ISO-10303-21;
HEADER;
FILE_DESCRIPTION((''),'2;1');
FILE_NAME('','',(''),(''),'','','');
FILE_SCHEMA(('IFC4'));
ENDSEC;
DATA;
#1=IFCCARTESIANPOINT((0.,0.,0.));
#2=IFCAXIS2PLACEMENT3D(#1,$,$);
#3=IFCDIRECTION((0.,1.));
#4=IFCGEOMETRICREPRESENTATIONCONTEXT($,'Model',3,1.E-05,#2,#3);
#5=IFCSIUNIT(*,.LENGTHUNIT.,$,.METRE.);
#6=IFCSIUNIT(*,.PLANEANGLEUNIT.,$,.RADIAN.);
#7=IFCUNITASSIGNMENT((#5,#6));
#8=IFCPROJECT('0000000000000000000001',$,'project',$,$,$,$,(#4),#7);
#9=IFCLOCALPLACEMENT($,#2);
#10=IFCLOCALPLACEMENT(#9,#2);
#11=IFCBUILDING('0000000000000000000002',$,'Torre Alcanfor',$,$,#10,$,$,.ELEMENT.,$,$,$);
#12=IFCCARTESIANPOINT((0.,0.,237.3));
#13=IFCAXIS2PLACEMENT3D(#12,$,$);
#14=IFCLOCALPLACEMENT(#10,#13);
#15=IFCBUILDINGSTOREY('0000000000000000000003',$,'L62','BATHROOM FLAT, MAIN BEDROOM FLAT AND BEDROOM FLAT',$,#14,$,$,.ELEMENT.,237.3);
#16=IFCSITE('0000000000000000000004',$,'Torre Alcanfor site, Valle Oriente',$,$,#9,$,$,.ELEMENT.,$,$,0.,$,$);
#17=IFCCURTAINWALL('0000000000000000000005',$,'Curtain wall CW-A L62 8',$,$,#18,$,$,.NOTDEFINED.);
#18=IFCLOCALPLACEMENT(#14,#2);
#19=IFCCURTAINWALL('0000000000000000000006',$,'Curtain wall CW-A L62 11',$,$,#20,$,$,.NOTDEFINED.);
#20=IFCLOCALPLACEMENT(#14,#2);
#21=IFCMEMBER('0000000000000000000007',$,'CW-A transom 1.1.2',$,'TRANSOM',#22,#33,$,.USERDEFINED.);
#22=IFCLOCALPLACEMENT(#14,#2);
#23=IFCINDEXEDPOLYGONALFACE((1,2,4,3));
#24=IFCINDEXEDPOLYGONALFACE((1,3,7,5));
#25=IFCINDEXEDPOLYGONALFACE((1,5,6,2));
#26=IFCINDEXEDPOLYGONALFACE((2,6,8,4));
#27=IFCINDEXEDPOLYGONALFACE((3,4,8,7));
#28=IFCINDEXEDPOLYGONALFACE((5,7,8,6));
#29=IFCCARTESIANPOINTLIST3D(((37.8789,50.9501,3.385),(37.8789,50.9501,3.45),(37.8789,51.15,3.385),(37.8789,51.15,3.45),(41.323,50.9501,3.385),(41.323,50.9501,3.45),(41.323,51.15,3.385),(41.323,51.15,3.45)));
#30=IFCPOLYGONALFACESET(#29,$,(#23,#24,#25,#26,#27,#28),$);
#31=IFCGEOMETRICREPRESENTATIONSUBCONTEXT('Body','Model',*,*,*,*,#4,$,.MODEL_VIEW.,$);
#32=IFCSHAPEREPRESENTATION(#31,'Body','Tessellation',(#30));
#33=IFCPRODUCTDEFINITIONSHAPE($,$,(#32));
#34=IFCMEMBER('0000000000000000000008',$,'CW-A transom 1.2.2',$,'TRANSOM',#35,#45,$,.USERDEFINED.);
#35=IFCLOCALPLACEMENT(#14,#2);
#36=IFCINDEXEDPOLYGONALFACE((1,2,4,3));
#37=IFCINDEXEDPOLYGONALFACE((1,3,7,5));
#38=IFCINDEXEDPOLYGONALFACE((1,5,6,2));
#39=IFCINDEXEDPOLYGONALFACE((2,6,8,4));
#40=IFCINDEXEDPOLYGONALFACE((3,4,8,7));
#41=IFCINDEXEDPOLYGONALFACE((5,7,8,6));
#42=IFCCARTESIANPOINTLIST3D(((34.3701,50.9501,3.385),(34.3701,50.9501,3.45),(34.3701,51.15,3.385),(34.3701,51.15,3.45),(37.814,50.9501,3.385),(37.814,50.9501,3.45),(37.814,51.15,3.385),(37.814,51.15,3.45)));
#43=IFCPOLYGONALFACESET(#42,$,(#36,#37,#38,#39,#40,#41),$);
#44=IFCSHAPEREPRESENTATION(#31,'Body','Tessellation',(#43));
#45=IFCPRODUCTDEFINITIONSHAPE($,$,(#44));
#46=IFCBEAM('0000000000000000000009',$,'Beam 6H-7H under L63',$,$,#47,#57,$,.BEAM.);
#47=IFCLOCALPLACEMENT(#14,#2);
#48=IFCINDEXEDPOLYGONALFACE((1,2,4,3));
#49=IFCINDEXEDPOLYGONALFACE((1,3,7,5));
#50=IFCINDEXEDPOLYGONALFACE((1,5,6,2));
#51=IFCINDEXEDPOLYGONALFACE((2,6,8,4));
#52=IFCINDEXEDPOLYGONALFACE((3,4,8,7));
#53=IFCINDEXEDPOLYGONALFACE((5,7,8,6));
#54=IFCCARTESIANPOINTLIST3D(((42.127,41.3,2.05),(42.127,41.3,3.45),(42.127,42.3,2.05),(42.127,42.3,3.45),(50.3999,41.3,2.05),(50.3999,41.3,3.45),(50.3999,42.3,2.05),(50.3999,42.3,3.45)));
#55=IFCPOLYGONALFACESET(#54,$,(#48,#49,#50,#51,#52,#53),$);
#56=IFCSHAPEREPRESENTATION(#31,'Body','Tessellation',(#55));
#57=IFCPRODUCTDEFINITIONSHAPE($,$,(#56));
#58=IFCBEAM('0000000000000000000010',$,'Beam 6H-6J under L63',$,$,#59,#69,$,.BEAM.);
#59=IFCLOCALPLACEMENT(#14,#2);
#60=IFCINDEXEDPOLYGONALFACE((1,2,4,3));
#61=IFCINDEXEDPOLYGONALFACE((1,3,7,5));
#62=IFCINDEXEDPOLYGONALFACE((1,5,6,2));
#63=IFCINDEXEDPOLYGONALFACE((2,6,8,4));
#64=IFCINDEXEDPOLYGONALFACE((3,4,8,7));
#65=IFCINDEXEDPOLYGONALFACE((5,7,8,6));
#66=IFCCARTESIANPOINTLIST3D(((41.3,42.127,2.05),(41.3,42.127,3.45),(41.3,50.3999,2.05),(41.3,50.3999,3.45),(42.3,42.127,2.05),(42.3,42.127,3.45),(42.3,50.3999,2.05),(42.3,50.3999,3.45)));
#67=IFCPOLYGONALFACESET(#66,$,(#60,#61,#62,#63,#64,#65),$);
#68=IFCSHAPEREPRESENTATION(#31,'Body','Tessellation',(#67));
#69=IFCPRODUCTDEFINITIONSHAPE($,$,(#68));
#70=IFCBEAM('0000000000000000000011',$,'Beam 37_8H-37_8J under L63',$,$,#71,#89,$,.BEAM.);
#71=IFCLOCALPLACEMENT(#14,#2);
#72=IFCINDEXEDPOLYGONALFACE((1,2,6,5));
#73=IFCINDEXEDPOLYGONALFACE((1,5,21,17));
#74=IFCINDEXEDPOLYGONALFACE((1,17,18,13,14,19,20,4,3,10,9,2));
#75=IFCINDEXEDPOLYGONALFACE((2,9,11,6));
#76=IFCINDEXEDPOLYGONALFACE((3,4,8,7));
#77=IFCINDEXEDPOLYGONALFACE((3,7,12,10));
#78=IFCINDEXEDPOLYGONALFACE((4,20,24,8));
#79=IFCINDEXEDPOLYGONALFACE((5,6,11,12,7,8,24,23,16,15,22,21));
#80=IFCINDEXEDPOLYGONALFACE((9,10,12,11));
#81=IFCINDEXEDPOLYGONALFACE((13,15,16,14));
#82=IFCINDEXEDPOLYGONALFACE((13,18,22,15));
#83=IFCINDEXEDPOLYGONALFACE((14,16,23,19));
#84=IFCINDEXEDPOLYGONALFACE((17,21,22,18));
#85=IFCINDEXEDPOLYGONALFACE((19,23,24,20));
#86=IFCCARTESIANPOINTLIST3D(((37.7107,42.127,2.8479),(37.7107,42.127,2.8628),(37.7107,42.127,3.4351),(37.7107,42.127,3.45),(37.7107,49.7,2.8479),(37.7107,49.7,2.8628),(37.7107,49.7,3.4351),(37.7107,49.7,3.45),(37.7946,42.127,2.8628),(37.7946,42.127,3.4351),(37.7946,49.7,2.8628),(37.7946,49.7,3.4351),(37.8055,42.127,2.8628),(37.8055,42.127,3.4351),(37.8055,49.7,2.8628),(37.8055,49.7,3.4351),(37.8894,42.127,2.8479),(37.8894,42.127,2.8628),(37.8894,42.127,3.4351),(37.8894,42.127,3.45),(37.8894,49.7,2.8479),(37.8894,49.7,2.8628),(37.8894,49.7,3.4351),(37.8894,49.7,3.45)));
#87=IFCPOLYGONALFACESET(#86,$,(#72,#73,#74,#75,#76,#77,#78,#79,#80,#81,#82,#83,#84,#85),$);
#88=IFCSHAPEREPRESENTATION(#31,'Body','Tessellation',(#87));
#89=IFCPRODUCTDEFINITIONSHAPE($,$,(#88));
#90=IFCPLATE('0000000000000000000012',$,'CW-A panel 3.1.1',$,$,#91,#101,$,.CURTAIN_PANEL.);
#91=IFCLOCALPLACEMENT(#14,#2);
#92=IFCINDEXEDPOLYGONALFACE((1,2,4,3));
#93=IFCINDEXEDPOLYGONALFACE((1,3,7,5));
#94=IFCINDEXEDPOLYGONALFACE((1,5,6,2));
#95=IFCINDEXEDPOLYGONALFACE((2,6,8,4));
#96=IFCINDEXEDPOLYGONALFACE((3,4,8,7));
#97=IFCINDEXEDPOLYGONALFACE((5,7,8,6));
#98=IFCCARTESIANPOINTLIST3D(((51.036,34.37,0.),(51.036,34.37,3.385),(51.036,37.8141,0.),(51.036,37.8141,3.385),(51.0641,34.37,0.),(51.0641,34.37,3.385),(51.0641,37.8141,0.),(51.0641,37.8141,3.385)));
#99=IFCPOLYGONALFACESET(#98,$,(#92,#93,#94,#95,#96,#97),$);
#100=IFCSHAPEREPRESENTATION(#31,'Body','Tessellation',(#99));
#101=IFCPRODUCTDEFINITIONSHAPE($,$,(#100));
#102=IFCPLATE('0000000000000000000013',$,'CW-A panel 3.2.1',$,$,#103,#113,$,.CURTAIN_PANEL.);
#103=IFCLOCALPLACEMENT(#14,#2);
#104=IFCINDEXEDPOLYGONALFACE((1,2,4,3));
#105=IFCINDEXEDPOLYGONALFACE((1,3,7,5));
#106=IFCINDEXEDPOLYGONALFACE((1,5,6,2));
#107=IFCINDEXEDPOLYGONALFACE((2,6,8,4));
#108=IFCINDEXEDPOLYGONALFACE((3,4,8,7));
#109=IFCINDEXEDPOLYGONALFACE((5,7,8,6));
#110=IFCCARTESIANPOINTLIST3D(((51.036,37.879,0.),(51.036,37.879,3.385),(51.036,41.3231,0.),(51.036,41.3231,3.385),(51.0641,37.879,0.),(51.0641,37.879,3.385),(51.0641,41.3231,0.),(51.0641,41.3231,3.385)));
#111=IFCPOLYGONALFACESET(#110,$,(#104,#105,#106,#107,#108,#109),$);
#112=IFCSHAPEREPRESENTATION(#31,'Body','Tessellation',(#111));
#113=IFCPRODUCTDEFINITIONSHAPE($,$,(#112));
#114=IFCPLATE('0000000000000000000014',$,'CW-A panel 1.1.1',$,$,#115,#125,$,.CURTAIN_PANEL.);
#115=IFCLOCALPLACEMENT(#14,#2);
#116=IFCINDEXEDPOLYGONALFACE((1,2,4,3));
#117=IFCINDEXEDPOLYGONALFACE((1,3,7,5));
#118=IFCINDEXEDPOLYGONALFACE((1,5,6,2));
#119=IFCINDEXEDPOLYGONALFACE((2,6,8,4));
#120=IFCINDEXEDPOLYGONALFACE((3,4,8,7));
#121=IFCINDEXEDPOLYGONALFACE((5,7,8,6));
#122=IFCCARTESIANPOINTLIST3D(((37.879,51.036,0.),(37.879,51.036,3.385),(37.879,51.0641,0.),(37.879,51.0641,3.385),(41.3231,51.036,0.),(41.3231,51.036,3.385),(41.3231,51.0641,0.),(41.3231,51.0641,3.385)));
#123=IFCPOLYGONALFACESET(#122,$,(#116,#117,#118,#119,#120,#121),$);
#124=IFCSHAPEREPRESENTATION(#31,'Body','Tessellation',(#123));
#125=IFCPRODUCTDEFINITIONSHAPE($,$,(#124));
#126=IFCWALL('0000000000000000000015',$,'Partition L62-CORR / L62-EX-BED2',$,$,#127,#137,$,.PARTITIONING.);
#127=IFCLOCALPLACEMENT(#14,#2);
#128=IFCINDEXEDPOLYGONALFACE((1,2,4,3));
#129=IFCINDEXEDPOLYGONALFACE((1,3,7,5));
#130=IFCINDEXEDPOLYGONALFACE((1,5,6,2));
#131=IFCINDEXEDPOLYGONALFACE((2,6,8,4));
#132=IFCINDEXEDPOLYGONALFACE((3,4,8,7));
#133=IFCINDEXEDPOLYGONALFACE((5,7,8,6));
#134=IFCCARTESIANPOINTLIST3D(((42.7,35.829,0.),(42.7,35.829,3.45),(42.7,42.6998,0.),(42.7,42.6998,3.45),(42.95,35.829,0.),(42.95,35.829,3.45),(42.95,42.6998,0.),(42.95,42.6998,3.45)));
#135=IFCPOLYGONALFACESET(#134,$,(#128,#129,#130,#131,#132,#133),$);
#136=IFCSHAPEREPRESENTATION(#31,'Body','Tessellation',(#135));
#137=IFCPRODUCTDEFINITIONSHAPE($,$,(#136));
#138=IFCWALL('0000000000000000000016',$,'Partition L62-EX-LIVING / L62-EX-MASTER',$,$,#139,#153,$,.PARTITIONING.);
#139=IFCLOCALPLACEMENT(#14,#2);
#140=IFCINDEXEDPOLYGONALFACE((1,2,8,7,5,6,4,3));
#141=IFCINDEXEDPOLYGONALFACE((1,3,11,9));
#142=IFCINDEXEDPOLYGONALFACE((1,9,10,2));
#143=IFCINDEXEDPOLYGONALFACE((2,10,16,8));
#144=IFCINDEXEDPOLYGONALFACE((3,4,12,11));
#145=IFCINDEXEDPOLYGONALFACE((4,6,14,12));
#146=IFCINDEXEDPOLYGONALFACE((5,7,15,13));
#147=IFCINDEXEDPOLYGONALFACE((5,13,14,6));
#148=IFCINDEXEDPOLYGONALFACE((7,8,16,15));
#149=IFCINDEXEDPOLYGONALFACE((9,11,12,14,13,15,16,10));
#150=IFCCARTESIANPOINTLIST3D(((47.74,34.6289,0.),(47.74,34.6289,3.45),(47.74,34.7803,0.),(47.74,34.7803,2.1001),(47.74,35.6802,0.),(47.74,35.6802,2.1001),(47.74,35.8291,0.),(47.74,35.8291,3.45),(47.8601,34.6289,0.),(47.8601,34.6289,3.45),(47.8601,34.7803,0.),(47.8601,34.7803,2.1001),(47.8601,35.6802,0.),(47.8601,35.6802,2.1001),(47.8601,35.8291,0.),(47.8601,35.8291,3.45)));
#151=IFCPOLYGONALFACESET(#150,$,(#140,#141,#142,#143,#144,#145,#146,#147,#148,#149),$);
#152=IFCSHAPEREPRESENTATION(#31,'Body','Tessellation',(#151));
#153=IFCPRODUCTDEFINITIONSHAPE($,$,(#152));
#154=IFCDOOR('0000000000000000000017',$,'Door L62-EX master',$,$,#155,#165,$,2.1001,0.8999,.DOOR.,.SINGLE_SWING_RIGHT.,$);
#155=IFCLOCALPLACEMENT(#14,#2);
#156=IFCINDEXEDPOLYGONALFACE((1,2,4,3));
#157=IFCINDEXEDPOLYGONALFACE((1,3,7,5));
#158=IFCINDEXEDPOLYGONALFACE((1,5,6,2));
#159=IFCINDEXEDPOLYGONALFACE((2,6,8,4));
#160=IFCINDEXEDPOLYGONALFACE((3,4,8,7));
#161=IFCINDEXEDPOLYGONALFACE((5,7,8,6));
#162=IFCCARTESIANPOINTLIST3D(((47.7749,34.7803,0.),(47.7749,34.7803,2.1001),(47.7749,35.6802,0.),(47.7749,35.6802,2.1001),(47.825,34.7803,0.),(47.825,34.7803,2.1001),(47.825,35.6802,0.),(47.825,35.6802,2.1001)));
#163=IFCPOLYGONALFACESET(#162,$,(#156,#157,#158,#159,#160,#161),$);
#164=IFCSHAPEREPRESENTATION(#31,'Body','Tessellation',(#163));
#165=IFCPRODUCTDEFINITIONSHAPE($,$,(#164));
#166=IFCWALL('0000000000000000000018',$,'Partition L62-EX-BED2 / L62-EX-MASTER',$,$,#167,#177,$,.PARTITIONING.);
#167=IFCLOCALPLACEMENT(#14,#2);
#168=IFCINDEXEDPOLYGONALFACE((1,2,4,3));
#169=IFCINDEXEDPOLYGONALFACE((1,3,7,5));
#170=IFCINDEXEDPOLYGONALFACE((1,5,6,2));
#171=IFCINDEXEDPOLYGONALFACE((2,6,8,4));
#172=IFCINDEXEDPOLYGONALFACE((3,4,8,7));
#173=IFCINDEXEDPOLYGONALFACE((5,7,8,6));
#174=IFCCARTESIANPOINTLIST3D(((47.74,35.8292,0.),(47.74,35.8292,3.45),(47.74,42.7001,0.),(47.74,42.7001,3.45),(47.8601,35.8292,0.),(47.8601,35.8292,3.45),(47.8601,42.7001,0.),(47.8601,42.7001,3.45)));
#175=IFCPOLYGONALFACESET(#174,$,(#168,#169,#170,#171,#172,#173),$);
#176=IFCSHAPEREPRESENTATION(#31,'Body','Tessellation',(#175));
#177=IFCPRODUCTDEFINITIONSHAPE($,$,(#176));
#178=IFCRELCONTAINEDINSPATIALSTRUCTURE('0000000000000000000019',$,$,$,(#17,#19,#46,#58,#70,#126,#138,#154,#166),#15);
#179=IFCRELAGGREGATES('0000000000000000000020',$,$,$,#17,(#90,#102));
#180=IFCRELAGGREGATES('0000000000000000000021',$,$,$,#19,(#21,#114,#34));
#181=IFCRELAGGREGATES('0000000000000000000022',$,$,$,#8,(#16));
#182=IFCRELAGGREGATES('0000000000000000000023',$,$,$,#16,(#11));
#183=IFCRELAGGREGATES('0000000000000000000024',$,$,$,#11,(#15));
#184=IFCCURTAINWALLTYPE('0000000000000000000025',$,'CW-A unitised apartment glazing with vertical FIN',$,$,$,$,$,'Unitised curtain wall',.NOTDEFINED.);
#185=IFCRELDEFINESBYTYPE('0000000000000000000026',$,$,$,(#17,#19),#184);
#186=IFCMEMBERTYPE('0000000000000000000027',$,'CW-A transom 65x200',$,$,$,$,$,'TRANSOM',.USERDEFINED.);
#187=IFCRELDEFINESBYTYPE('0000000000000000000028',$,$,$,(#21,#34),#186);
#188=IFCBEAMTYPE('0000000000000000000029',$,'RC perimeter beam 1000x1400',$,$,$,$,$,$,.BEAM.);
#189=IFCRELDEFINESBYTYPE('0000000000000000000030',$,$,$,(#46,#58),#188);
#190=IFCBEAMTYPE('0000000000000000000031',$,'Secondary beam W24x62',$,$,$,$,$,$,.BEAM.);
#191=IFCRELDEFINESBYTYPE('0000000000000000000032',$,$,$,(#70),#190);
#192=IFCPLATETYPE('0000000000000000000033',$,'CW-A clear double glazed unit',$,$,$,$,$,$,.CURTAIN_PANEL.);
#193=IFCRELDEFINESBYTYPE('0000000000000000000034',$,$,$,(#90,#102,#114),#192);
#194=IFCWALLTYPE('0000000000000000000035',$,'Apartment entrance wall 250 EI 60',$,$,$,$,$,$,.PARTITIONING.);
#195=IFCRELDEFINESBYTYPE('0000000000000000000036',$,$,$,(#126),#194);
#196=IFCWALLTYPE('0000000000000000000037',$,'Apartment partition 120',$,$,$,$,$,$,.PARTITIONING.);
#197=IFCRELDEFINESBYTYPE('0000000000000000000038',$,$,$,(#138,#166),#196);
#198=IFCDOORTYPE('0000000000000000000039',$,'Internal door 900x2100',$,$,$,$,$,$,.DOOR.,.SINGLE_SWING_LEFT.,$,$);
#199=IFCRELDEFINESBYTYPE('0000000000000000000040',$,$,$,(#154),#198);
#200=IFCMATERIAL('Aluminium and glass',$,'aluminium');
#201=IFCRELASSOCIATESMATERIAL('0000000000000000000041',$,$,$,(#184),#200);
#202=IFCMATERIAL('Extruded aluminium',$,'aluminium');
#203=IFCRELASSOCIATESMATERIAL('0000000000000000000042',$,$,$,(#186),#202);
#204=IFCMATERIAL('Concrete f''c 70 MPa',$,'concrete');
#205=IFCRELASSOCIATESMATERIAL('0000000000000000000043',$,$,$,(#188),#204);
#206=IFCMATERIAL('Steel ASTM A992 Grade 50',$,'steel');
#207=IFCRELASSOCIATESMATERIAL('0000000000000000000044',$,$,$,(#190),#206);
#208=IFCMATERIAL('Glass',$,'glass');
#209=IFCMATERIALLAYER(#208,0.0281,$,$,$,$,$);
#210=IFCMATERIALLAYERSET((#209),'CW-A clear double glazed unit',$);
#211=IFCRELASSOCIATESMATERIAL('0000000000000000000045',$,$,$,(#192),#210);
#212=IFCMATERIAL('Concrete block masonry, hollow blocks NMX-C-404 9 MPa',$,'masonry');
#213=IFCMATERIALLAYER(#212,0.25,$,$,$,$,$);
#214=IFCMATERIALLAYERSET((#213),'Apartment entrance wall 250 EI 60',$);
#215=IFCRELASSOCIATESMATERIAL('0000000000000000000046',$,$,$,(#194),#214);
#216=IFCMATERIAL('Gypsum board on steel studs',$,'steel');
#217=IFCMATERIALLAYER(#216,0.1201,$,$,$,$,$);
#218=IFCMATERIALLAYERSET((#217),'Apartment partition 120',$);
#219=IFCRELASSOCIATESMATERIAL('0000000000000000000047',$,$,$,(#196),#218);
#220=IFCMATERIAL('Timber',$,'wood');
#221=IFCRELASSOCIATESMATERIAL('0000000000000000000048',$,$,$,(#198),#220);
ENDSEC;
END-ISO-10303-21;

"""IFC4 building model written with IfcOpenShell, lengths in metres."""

from ifc_helpers import new_model, si_unit, direction, frame, frame_2d, origin, origin_2d, place, context, subcontext, project, spatial, rectangle, i_section, extrude, material, layer, layer_set, material_profile, profile_set, type_object, element, fill, aggregate, save


model = new_model("IFC4")

# Units and contexts
model_context = context("Model", 3, precision=1e-05, world=origin(), true_north=direction((0.0, 1.0)))
body_context = subcontext(model_context, "Body", "Model", "MODEL_VIEW")
ifc_project = project(units=[si_unit("LENGTHUNIT", "METRE"), si_unit("PLANEANGLEUNIT", "RADIAN")], contexts=[model_context])

# Site, building, storey
site_placement = place(None, origin())
site = spatial("IfcSite", under=ifc_project, at=site_placement, Name="Torre Alcanfor site, Valle Oriente", CompositionType="ELEMENT", RefElevation=0.0)
building_placement = place(site_placement, origin())
building = spatial("IfcBuilding", under=site, at=building_placement, Name="Torre Alcanfor", CompositionType="ELEMENT")
storey_placement = place(building_placement, frame((0.0, 0.0, 237.3)))
storey = spatial("IfcBuildingStorey", under=building, at=storey_placement, Name="L62", Description="BATHROOM FLAT, MAIN BEDROOM FLAT AND BEDROOM FLAT", CompositionType="ELEMENT", Elevation=237.3)

# Curtain walls
ifc_material_1 = material(Name="Aluminium and glass", Category="aluminium")
curtain_wall_type = type_object("IfcCurtainWallType", Name="CW-A unitised apartment glazing with vertical FIN", ElementType="Unitised curtain wall", PredefinedType="NOTDEFINED", material=ifc_material_1)
curtain_wall_1_placement = place(storey_placement, origin())
curtain_wall_1 = element("IfcCurtainWall", 1, at=curtain_wall_1_placement, inside=storey, type_object=curtain_wall_type, Name="Curtain wall CW-A L62 8", PredefinedType="NOTDEFINED")
curtain_wall_2_placement = place(storey_placement, origin())
curtain_wall_2 = element("IfcCurtainWall", 2, at=curtain_wall_2_placement, inside=storey, type_object=curtain_wall_type, Name="Curtain wall CW-A L62 11", PredefinedType="NOTDEFINED")

# Members
ifc_material_2 = material(Name="Extruded aluminium", Category="aluminium")
ifc_material_profile_1 = material_profile(ifc_material_2, rectangle(XDim=0.2, YDim=0.0649, at=origin_2d()), Name="CW-A transom 200x65")
ifc_profile_set_1 = profile_set([ifc_material_profile_1], Name="Extruded aluminium")
member_type_1 = type_object("IfcMemberType", Name="CW-A transom 65x200", ElementType="TRANSOM", PredefinedType="USERDEFINED", material=ifc_profile_set_1)
member_1_placement = place(storey_placement, frame((41.323, 51.05, 3.4175), z_axis=(-1.0, 0.0, 0.0), x_axis=(0.0, -1.0, 0.0)))
member_1 = element("IfcMember", 3, at=member_1_placement, type_object=member_type_1, Name="CW-A transom 1.1.2", ObjectType="TRANSOM", PredefinedType="USERDEFINED", context=body_context, shape_type="SweptSolid", body=[
    extrude(rectangle(XDim=0.2, YDim=0.0649, at=origin_2d()), origin(), (0.0, 0.0, 1.0), 3.4441),
])
member_2_placement = place(storey_placement, frame((37.814, 51.05, 3.4175), z_axis=(-1.0, 0.0, 0.0), x_axis=(0.0, -1.0, 0.0)))
member_2 = element("IfcMember", 4, at=member_2_placement, type_object=member_type_1, Name="CW-A transom 1.2.2", ObjectType="TRANSOM", PredefinedType="USERDEFINED", context=body_context, shape_type="SweptSolid", body=[
    extrude(rectangle(XDim=0.2, YDim=0.0649, at=origin_2d()), origin(), (0.0, 0.0, 1.0), 3.4438),
])

# Beams
ifc_material_3 = material(Name="Concrete f'c 70 MPa", Category="concrete")
ifc_material_profile_2 = material_profile(ifc_material_3, rectangle(XDim=1.0, YDim=1.3999, at=origin_2d()), Name="1000x1400")
ifc_profile_set_2 = profile_set([ifc_material_profile_2], Name="Concrete f'c 70 MPa")
beam_type_1 = type_object("IfcBeamType", Name="RC perimeter beam 1000x1400", PredefinedType="BEAM", material=ifc_profile_set_2)
for number, where, z_axis, x_axis, name in (
    (5, (42.127, 41.8, 2.75), (1.0, 0.0, 0.0), (0.0, 1.0, 0.0), "Beam 6H-7H under L63"),
    (6, (41.8, 42.127, 2.75), (0.0, 1.0, 0.0), (-1.0, 0.0, 0.0), "Beam 6H-6J under L63"),
):
    element("IfcBeam", number, at=place(storey_placement, frame(where, z_axis=z_axis, x_axis=x_axis)), inside=storey, type_object=beam_type_1, Name=name, PredefinedType="BEAM", context=body_context, shape_type="SweptSolid", body=[
        extrude(rectangle(XDim=1.0, YDim=1.3999, at=origin_2d()), origin(), (0.0, 0.0, 1.0), 8.2729),
    ])
ifc_material_4 = material(Name="Steel ASTM A992 Grade 50", Category="steel")
ifc_material_profile_3 = material_profile(ifc_material_4, i_section(OverallWidth=0.1787, OverallDepth=0.6021, WebThickness=0.011, FlangeThickness=0.0149, at=origin_2d()), Name="W24x62")
ifc_profile_set_3 = profile_set([ifc_material_profile_3], Name="Steel ASTM A992 Grade 50")
beam_type_2 = type_object("IfcBeamType", Name="Secondary beam W24x62", PredefinedType="BEAM", material=ifc_profile_set_3)
beam_placement = place(storey_placement, frame((37.8, 42.127, 3.1489), z_axis=(0.0, 1.0, 0.0), x_axis=(-1.0, 0.0, 0.0)))
element("IfcBeam", 7, at=beam_placement, inside=storey, type_object=beam_type_2, Name="Beam 37_8H-37_8J under L63", PredefinedType="BEAM", context=body_context, shape_type="SweptSolid", body=[
    extrude(i_section(OverallWidth=0.1787, OverallDepth=0.6021, WebThickness=0.011, FlangeThickness=0.0149, at=origin_2d()), origin(), (0.0, 0.0, 1.0), 7.573),
])

# Plates
ifc_material_5 = material(Name="Glass", Category="glass")
ifc_layer_1 = layer(ifc_material_5, 0.0281)
ifc_layer_set_1 = layer_set([ifc_layer_1], Name="CW-A clear double glazed unit")
plate_type = type_object("IfcPlateType", Name="CW-A clear double glazed unit", PredefinedType="CURTAIN_PANEL", material=ifc_layer_set_1)
plate_1_placement = place(storey_placement, frame((51.05, 36.092, 0.0), z_axis=(0.0, 0.0, 1.0), x_axis=(0.0, 1.0, 0.0)))
plate_1 = element("IfcPlate", 8, at=plate_1_placement, type_object=plate_type, Name="CW-A panel 3.1.1", PredefinedType="CURTAIN_PANEL", context=body_context, shape_type="SweptSolid", body=[
    extrude(rectangle(XDim=3.4441, YDim=0.0281, at=origin_2d()), origin(), (0.0, 0.0, 1.0), 3.385),
])
plate_2_placement = place(storey_placement, frame((51.05, 39.6011, 0.0), z_axis=(0.0, 0.0, 1.0), x_axis=(0.0, 1.0, 0.0)))
plate_2 = element("IfcPlate", 9, at=plate_2_placement, type_object=plate_type, Name="CW-A panel 3.2.1", PredefinedType="CURTAIN_PANEL", context=body_context, shape_type="SweptSolid", body=[
    extrude(rectangle(XDim=3.4441, YDim=0.0281, at=origin_2d()), origin(), (0.0, 0.0, 1.0), 3.385),
])
aggregate(curtain_wall_1, [plate_1, plate_2])
plate_3_placement = place(storey_placement, frame((39.6011, 51.05, 0.0), z_axis=(0.0, 0.0, 1.0), x_axis=(-1.0, 0.0, 0.0)))
plate_3 = element("IfcPlate", 10, at=plate_3_placement, type_object=plate_type, Name="CW-A panel 1.1.1", PredefinedType="CURTAIN_PANEL", context=body_context, shape_type="SweptSolid", body=[
    extrude(rectangle(XDim=3.4441, YDim=0.0281, at=origin_2d()), origin(), (0.0, 0.0, 1.0), 3.385),
])
aggregate(curtain_wall_2, [member_1, plate_3, member_2])

# Wall
ifc_material_6 = material(Name="Concrete block masonry, hollow blocks NMX-C-404 9 MPa", Category="masonry")
ifc_layer_2 = layer(ifc_material_6, 0.25)
ifc_layer_set_2 = layer_set([ifc_layer_2], Name="Apartment entrance wall 250 EI 60")
wall_type_1 = type_object("IfcWallType", Name="Apartment entrance wall 250 EI 60", PredefinedType="PARTITIONING", material=ifc_layer_set_2)
wall_1_placement = place(storey_placement, frame((42.825, 42.7, 0.0), z_axis=(0.0, 0.0, 1.0), x_axis=(0.0, -1.0, 0.0)))
element("IfcWall", 11, at=wall_1_placement, inside=storey, type_object=wall_type_1, Name="Partition L62-CORR / L62-EX-BED2", PredefinedType="PARTITIONING", context=body_context, shape_type="SweptSolid", body=[
    extrude(rectangle(XDim=6.8708, YDim=0.25, at=frame_2d((3.4355, 0.0))), origin(), (0.0, 0.0, 1.0), 3.45),
])

# Wall, opening, door
ifc_material_7 = material(Name="Gypsum board on steel studs", Category="steel")
ifc_layer_3 = layer(ifc_material_7, 0.1201)
ifc_layer_set_3 = layer_set([ifc_layer_3], Name="Apartment partition 120")
wall_type_2 = type_object("IfcWallType", Name="Apartment partition 120", PredefinedType="PARTITIONING", material=ifc_layer_set_3)
wall_2_placement = place(storey_placement, frame((47.8, 35.8291, 0.0), z_axis=(0.0, 0.0, 1.0), x_axis=(0.0, -1.0, 0.0)))
wall_2 = element("IfcWall", 12, at=wall_2_placement, inside=storey, type_object=wall_type_2, Name="Partition L62-EX-LIVING / L62-EX-MASTER", PredefinedType="PARTITIONING", context=body_context, shape_type="SweptSolid", body=[
    extrude(rectangle(XDim=1.2002, YDim=0.1201, at=frame_2d((0.6001, 0.0))), origin(), (0.0, 0.0, 1.0), 3.45),
])
opening_1_placement = place(wall_2_placement, frame((0.1489, 0.0, 0.0)))
opening_1 = element("IfcOpeningElement", 13, at=opening_1_placement, cuts=wall_2, PredefinedType="OPENING", context=body_context, shape_type="SweptSolid", body=[
    extrude(rectangle(XDim=0.8999, YDim=2.1001, at=frame_2d((0.45, 1.05))), frame((0.0, 0.0701, 0.0), z_axis=(0.0, -1.0, 0.0), x_axis=(1.0, 0.0, 0.0)), (0.0, 0.0, 1.0), 0.1401),
])
ifc_material_8 = material(Name="Timber", Category="wood")
door_type_1 = type_object("IfcDoorType", Name="Internal door 900x2100", OperationType="SINGLE_SWING_LEFT", PredefinedType="DOOR", material=ifc_material_8)
door_1_placement = place(opening_1_placement, origin())
door_1 = element("IfcDoor", 14, at=door_1_placement, inside=storey, type_object=door_type_1, Name="Door L62-EX master", OperationType="SINGLE_SWING_RIGHT", OverallHeight=2.1001, OverallWidth=0.8999, PredefinedType="DOOR", context=body_context, shape_type="SweptSolid", body=[
    extrude(rectangle(XDim=0.8999, YDim=2.1001, at=frame_2d((0.45, 1.05))), frame((0.0, 0.0249, 0.0), z_axis=(0.0, -1.0, 0.0), x_axis=(1.0, 0.0, 0.0)), (0.0, 0.0, 1.0), 0.05),
])
fill(opening_1, door_1)

# Wall
wall_3_placement = place(storey_placement, frame((47.8, 35.8291, 0.0), z_axis=(0.0, 0.0, 1.0), x_axis=(0.0, 1.0, 0.0)))
element("IfcWall", 15, at=wall_3_placement, inside=storey, type_object=wall_type_2, Name="Partition L62-EX-BED2 / L62-EX-MASTER", PredefinedType="PARTITIONING", context=body_context, shape_type="SweptSolid", body=[
    extrude(rectangle(XDim=6.8708, YDim=0.1201, at=frame_2d((3.4355, 0.0))), origin(), (0.0, 0.0, 1.0), 3.45),
])

save(model, "model.ifc")
